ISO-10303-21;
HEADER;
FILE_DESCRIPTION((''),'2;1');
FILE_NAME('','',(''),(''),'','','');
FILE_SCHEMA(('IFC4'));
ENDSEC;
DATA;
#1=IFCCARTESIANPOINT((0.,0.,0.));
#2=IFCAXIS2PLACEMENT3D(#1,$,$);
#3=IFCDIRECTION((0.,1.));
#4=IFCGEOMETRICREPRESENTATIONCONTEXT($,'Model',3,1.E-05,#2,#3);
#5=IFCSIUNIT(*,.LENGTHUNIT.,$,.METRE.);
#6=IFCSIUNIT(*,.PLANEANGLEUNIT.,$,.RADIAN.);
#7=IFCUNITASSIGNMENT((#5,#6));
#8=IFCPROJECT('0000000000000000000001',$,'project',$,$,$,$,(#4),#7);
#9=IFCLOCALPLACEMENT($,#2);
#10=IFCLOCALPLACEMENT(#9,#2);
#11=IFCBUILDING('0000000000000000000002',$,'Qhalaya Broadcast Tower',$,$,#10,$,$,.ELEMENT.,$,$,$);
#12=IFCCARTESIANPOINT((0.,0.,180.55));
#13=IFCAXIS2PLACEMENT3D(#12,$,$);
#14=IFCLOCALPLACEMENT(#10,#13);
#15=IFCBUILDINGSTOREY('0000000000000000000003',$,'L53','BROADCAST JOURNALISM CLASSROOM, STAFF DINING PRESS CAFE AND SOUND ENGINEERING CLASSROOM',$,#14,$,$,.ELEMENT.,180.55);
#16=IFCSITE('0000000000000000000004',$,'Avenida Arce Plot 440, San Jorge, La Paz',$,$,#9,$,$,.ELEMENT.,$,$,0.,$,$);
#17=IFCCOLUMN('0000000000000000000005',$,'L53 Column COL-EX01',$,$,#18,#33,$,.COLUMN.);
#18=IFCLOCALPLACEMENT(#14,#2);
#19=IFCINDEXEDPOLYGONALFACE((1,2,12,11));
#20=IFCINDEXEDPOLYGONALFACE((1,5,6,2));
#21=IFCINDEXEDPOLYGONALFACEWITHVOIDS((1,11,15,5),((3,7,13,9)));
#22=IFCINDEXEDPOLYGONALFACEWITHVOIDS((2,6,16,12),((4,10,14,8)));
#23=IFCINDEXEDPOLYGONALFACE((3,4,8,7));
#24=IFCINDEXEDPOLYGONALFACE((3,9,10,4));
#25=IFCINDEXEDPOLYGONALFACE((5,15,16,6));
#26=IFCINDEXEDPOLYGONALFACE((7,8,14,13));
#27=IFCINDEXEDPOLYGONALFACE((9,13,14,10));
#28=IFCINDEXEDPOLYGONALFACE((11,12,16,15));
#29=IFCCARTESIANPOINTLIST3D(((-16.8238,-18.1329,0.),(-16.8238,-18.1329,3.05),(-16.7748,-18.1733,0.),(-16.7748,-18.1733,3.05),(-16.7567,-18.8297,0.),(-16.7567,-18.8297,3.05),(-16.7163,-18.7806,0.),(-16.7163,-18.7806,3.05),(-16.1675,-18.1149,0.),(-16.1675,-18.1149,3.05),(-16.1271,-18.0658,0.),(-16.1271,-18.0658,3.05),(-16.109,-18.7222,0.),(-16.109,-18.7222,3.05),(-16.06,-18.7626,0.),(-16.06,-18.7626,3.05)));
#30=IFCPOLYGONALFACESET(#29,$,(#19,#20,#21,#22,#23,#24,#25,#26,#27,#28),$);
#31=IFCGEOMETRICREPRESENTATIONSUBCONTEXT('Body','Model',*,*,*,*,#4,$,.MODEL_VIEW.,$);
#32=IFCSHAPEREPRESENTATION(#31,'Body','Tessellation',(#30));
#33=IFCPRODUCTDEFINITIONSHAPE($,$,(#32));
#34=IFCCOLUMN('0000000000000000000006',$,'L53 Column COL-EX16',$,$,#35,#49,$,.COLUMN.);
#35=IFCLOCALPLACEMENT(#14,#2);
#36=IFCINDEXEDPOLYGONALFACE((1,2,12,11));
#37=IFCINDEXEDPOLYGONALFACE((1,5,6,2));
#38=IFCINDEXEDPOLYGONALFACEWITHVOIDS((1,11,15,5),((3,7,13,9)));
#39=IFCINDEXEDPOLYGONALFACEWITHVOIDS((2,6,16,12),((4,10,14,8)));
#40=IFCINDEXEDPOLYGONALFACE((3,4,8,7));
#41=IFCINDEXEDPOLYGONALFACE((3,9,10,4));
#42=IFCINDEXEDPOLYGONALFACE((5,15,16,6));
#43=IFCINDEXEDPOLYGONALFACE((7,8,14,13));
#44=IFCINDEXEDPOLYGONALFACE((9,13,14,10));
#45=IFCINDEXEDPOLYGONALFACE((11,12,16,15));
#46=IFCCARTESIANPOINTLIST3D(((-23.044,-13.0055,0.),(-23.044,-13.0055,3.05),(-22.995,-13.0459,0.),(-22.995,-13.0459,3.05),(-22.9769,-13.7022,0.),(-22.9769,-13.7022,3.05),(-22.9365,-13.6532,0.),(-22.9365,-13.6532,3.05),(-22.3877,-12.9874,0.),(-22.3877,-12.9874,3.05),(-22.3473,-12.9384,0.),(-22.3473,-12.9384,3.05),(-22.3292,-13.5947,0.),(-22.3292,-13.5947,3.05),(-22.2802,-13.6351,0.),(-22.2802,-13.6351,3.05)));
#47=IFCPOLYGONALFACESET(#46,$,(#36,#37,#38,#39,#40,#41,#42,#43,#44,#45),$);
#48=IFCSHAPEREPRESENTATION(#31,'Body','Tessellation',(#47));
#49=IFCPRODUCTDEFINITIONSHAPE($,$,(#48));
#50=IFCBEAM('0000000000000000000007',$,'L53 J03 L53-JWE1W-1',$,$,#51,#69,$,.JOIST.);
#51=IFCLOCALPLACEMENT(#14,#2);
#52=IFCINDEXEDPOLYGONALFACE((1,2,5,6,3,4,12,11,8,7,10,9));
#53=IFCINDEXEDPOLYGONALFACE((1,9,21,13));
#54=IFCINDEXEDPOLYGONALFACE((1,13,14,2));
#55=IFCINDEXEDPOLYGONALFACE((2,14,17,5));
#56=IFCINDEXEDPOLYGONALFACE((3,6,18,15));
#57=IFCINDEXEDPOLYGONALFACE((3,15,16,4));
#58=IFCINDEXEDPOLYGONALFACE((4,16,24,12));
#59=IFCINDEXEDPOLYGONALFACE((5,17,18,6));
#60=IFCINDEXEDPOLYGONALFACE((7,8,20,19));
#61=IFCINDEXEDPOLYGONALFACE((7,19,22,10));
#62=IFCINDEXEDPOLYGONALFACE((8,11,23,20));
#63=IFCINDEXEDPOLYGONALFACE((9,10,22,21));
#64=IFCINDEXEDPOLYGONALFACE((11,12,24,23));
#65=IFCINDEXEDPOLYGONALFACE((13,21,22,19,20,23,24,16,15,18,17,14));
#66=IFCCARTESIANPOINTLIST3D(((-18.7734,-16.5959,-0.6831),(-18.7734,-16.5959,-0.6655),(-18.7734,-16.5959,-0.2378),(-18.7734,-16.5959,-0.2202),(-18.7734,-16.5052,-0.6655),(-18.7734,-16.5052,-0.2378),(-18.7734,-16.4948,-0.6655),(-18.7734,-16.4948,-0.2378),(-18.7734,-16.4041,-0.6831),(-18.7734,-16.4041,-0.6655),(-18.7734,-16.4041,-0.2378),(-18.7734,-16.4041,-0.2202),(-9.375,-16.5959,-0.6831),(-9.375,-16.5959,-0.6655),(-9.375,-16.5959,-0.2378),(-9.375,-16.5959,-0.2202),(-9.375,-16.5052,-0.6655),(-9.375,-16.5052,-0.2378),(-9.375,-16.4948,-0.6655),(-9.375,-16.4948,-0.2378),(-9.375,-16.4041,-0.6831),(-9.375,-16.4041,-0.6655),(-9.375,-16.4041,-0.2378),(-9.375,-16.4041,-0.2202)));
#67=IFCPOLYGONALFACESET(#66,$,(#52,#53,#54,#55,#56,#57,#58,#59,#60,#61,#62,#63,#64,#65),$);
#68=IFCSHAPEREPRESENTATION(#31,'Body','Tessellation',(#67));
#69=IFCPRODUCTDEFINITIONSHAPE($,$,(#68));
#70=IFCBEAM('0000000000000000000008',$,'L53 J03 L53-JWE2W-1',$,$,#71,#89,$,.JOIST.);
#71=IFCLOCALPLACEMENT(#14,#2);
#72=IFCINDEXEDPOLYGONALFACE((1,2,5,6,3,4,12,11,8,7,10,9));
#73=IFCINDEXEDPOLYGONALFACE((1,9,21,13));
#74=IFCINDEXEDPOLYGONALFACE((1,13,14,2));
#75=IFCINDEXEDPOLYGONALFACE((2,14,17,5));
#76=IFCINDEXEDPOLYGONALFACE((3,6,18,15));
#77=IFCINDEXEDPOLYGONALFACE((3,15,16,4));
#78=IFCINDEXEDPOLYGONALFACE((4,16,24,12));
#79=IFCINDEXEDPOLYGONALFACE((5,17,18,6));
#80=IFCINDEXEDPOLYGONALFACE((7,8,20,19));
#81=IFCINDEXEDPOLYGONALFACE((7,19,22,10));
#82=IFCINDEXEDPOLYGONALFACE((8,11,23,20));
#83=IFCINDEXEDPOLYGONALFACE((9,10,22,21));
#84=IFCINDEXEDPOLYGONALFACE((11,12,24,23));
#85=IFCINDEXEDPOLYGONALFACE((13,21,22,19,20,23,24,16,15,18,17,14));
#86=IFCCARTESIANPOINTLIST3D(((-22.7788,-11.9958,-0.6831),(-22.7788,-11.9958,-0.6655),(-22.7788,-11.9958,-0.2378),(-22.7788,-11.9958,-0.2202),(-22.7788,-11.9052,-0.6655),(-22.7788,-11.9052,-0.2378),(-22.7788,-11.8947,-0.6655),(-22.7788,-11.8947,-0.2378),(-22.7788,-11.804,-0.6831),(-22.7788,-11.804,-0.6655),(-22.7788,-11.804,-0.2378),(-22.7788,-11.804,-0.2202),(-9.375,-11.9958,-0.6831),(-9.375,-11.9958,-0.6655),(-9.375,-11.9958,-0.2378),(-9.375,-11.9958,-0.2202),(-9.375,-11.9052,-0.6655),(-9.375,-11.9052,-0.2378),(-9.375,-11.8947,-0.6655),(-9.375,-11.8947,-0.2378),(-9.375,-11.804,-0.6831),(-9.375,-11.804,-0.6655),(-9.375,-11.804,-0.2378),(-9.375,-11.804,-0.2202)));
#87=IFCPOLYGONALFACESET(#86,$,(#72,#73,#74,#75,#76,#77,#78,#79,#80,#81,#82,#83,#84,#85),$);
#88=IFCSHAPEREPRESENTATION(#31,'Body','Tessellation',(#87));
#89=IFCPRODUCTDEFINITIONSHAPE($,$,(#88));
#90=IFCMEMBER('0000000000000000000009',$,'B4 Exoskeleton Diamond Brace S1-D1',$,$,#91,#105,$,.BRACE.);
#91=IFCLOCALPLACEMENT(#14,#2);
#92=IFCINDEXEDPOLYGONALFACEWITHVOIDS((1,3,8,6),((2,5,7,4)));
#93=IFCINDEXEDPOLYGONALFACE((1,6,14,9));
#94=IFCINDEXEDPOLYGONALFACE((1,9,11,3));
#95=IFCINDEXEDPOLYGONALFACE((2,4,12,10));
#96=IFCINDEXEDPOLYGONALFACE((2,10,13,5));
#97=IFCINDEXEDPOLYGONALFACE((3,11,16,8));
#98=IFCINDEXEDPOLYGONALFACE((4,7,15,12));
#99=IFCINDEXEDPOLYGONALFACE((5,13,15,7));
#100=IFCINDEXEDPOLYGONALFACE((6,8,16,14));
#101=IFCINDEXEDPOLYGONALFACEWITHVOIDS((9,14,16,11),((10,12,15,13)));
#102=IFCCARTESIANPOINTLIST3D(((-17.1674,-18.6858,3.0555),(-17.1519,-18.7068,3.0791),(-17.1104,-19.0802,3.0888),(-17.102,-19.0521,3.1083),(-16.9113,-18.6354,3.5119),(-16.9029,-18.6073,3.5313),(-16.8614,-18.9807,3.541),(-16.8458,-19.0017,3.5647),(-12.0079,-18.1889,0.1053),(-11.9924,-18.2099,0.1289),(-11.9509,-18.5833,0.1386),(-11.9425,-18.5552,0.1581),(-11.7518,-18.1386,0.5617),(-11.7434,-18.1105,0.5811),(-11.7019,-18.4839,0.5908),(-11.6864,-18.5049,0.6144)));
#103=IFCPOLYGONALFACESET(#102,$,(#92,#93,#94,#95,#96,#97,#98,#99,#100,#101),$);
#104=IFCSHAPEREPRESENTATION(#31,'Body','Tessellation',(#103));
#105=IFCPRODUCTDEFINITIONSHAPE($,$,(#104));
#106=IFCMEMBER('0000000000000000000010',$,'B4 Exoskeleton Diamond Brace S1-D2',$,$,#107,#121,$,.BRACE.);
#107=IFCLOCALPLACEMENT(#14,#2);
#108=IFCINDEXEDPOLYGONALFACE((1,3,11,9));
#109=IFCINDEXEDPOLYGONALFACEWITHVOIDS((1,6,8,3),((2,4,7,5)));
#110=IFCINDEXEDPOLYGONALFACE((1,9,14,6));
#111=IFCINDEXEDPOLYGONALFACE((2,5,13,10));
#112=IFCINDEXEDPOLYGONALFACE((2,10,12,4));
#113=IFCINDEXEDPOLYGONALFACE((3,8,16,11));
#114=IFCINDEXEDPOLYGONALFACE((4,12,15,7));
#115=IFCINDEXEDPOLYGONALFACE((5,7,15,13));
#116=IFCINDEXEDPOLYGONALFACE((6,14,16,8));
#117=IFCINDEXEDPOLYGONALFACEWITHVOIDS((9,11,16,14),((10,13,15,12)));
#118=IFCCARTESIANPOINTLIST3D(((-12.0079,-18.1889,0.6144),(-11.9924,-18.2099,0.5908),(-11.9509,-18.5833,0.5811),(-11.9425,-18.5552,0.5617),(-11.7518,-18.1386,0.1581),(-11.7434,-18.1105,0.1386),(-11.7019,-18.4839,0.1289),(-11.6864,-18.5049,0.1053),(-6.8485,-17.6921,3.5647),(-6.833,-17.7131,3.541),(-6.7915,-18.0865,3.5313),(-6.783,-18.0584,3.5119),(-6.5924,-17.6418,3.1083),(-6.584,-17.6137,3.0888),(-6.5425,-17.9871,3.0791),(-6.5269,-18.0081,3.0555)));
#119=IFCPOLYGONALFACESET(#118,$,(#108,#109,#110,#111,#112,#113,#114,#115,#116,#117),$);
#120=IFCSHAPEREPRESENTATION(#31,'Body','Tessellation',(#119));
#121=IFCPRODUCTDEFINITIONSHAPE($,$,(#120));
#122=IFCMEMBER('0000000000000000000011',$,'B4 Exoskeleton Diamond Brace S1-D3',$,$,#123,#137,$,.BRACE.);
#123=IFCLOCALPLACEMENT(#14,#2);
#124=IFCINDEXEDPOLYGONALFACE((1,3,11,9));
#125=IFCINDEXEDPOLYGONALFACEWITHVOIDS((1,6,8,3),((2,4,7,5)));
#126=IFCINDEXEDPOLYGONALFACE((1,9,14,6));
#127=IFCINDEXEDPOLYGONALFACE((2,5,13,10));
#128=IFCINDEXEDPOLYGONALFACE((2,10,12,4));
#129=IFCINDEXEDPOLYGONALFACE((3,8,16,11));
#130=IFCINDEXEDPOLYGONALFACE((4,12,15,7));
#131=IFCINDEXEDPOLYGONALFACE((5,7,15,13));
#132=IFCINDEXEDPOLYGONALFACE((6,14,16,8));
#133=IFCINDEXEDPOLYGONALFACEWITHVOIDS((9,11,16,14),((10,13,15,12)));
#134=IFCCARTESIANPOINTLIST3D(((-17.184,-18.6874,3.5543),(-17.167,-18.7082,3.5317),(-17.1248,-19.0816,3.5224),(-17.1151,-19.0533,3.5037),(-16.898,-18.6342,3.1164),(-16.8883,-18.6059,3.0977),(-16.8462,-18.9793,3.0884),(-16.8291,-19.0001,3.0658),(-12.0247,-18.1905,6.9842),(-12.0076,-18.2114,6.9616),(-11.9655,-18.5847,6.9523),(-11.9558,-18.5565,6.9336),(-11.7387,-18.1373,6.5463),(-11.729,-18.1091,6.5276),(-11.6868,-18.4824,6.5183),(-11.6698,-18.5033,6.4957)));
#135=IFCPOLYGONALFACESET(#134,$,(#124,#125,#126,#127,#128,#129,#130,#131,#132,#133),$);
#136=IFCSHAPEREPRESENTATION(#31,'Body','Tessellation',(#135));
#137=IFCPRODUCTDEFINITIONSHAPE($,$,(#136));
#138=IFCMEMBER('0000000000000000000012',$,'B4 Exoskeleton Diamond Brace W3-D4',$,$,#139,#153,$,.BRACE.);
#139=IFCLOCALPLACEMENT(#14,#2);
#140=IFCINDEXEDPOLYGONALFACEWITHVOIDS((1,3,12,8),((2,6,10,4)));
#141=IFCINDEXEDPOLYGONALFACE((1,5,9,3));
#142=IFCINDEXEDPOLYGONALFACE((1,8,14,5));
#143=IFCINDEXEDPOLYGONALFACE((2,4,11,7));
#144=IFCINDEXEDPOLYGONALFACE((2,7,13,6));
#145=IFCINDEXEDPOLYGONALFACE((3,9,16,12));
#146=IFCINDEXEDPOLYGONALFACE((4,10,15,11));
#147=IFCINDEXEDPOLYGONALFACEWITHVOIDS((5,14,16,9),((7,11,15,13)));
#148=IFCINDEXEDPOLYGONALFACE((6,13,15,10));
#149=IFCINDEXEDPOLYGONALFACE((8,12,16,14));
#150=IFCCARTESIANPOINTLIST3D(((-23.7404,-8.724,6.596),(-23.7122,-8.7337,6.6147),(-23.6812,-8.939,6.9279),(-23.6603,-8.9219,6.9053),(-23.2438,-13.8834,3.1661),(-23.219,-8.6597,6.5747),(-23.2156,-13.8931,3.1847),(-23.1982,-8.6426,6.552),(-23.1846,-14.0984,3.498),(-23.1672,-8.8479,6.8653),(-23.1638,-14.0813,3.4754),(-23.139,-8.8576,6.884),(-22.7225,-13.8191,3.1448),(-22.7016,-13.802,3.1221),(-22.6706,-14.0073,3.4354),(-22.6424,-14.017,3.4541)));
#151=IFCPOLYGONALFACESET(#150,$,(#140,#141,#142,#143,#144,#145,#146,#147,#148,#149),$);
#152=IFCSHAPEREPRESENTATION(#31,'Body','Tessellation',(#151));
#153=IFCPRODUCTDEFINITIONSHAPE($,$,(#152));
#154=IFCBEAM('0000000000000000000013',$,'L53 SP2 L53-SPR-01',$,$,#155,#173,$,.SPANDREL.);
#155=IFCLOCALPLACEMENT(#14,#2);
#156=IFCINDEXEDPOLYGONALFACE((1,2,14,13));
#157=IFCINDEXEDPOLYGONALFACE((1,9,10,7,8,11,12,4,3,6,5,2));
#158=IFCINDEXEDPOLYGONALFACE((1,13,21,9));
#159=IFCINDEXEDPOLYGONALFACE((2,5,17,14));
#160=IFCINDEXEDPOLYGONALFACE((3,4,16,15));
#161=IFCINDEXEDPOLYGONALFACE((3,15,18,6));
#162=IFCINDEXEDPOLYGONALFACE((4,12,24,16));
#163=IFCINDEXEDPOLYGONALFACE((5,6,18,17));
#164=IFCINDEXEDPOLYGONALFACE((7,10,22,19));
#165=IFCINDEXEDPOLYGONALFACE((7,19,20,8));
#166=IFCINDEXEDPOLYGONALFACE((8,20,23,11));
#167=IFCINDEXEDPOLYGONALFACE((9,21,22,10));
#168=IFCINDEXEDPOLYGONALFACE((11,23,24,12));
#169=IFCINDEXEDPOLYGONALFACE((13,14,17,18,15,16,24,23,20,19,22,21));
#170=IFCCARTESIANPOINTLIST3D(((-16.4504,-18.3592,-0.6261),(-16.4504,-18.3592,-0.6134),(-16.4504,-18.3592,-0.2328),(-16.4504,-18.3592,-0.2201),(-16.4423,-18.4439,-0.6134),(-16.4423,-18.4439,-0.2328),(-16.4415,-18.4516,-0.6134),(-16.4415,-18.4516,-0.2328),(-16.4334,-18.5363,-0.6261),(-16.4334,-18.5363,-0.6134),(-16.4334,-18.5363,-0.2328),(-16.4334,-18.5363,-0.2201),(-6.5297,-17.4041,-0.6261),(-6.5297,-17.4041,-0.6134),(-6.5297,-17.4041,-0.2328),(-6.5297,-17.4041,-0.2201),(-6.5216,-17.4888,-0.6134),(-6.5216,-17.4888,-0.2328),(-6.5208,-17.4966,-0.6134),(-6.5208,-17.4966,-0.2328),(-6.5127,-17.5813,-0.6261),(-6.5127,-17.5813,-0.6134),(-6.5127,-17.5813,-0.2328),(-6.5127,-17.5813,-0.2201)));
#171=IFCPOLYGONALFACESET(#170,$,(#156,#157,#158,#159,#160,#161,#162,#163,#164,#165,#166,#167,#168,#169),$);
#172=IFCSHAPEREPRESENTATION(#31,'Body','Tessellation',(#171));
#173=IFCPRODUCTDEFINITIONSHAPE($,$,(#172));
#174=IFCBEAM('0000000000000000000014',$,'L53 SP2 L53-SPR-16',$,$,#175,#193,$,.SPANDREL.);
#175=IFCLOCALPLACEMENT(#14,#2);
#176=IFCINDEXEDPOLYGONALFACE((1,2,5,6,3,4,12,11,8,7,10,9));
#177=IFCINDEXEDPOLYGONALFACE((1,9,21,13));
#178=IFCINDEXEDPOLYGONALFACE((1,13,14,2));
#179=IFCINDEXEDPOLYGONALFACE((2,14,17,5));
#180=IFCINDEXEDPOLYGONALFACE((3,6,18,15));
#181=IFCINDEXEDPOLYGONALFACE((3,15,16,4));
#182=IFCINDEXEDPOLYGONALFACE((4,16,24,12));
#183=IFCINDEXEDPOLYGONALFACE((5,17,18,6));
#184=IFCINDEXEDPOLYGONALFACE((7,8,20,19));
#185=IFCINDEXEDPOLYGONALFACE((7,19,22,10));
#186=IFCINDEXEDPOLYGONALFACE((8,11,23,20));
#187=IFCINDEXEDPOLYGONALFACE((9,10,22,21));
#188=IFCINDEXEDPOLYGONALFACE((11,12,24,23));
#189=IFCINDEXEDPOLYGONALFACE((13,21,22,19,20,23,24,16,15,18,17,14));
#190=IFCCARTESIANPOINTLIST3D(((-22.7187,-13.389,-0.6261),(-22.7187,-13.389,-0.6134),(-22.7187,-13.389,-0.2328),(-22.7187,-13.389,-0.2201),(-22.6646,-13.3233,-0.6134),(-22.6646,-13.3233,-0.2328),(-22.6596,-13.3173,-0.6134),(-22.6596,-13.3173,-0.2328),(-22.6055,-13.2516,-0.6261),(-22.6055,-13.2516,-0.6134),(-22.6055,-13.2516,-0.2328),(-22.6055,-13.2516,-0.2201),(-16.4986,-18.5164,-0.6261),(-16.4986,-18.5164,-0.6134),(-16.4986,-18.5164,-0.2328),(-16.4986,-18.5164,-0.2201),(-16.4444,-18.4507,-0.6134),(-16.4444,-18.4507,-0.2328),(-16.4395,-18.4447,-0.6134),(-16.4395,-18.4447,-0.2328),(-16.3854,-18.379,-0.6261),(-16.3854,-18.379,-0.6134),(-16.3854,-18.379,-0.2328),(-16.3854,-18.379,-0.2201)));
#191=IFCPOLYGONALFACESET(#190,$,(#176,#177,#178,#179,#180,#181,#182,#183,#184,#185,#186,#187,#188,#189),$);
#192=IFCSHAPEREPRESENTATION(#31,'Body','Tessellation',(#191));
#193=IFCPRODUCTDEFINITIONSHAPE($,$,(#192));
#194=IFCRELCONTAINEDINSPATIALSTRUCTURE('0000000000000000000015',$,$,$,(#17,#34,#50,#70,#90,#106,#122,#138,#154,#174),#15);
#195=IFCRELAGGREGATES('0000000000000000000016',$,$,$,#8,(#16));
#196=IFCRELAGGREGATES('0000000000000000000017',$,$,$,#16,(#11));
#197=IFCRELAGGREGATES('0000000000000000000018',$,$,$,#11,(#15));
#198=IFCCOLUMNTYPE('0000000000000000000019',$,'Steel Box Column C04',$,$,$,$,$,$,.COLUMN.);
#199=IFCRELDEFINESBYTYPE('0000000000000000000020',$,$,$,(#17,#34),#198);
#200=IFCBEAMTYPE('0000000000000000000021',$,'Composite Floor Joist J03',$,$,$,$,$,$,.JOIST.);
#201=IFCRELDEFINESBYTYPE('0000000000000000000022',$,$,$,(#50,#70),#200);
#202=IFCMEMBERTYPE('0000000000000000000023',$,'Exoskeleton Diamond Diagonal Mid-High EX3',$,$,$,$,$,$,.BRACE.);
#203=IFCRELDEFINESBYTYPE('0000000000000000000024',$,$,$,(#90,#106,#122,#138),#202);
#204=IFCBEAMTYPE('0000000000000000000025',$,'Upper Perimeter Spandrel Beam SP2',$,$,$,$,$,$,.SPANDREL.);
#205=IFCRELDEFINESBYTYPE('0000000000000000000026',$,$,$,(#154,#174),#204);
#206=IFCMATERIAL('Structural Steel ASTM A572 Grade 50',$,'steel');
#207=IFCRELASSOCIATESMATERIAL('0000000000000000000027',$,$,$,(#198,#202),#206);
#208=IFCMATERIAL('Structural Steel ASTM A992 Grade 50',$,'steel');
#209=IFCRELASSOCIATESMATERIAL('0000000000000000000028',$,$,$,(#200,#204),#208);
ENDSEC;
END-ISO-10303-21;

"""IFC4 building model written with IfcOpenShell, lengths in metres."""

from ifc_helpers import new_model, si_unit, direction, frame, origin, origin_2d, place, context, subcontext, project, spatial, hollow_rectangle, i_section, extrude, material, material_profile, profile_set, type_object, element, save


model = new_model("IFC4")

# Units and contexts
model_context = context("Model", 3, precision=1e-05, world=origin(), true_north=direction((0.0, 1.0)))
body_context = subcontext(model_context, "Body", "Model", "MODEL_VIEW")
ifc_project = project(units=[si_unit("LENGTHUNIT", "METRE"), si_unit("PLANEANGLEUNIT", "RADIAN")], contexts=[model_context])

# Site, building, storey
site_placement = place(None, origin())
site = spatial("IfcSite", under=ifc_project, at=site_placement, Name="Avenida Arce Plot 440, San Jorge, La Paz", CompositionType="ELEMENT", RefElevation=0.0)
building_placement = place(site_placement, origin())
building = spatial("IfcBuilding", under=site, at=building_placement, Name="Qhalaya Broadcast Tower", CompositionType="ELEMENT")
storey_placement = place(building_placement, frame((0.0, 0.0, 180.55)))
storey = spatial("IfcBuildingStorey", under=building, at=storey_placement, Name="L53", Description="BROADCAST JOURNALISM CLASSROOM, STAFF DINING PRESS CAFE AND SOUND ENGINEERING CLASSROOM", CompositionType="ELEMENT", Elevation=180.55)

# Columns
ifc_material_1 = material(Name="Structural Steel ASTM A572 Grade 50", Category="steel")
ifc_material_profile_1 = material_profile(ifc_material_1, hollow_rectangle(XDim=0.7, YDim=0.7, WallThickness=0.0449, at=origin_2d()), Name="BOX 700x700x45")
ifc_profile_set_1 = profile_set([ifc_material_profile_1], Name="Structural Steel ASTM A572 Grade 50")
column_type = type_object("IfcColumnType", Name="Steel Box Column C04", PredefinedType="COLUMN", material=ifc_profile_set_1)
for number, where, z_axis, x_axis, name in (
    (1, (-16.4419, -18.4478, 0.0), (0.0, 0.0, 1.0), (0.995396, 0.095846, 0.0), "L53 Column COL-EX01"),
    (2, (-22.6621, -13.3203, 0.0), (0.0, 0.0, 1.0), (-0.095846, 0.995396, 0.0), "L53 Column COL-EX16"),
):
    element("IfcColumn", number, at=place(storey_placement, frame(where, z_axis=z_axis, x_axis=x_axis)), inside=storey, type_object=column_type, Name=name, PredefinedType="COLUMN", context=body_context, shape_type="SweptSolid", body=[
        extrude(hollow_rectangle(XDim=0.7, YDim=0.7, WallThickness=0.0449, at=origin_2d()), origin(), (0.0, 0.0, 1.0), 3.05),
    ])

# Beams
ifc_material_2 = material(Name="Structural Steel ASTM A992 Grade 50", Category="steel")
ifc_material_profile_2 = material_profile(ifc_material_2, i_section(OverallWidth=0.1919, OverallDepth=0.4629, WebThickness=0.0105, FlangeThickness=0.0176, at=origin_2d()), Name="W18X60")
ifc_profile_set_2 = profile_set([ifc_material_profile_2], Name="Structural Steel ASTM A992 Grade 50")
beam_type_1 = type_object("IfcBeamType", Name="Composite Floor Joist J03", PredefinedType="JOIST", material=ifc_profile_set_2)
beam_1_placement = place(storey_placement, frame((-18.7734, -16.5, -0.4517), z_axis=(1.0, 0.0, 0.0), x_axis=(0.0, 1.0, 0.0)))
element("IfcBeam", 3, at=beam_1_placement, inside=storey, type_object=beam_type_1, Name="L53 J03 L53-JWE1W-1", PredefinedType="JOIST", context=body_context, shape_type="SweptSolid", body=[
    extrude(i_section(OverallWidth=0.1919, OverallDepth=0.4629, WebThickness=0.0105, FlangeThickness=0.0176, at=origin_2d()), origin(), (0.0, 0.0, 1.0), 9.3984),
])
beam_2_placement = place(storey_placement, frame((-22.7788, -11.8999, -0.4517), z_axis=(1.0, 0.0, 0.0), x_axis=(0.0, 1.0, 0.0)))
element("IfcBeam", 4, at=beam_2_placement, inside=storey, type_object=beam_type_1, Name="L53 J03 L53-JWE2W-1", PredefinedType="JOIST", context=body_context, shape_type="SweptSolid", body=[
    extrude(i_section(OverallWidth=0.1919, OverallDepth=0.4629, WebThickness=0.0105, FlangeThickness=0.0176, at=origin_2d()), origin(), (0.0, 0.0, 1.0), 13.4038),
])

# Members
ifc_material_profile_3 = material_profile(ifc_material_1, hollow_rectangle(XDim=0.3999, YDim=0.55, WallThickness=0.0249, at=origin_2d()), Name="BOX 400x550x25")
ifc_profile_set_3 = profile_set([ifc_material_profile_3], Name="Structural Steel ASTM A572 Grade 50")
member_type = type_object("IfcMemberType", Name="Exoskeleton Diamond Diagonal Mid-High EX3", PredefinedType="BRACE", material=ifc_profile_set_3)
for number, where, z_axis, x_axis, name in (
    (5, (-11.8472, -18.3469, 0.3599), (-0.865084, -0.083303, 0.494661), (0.142603, -0.986269, 0.083298), "B4 Exoskeleton Diamond Brace S1-D1"),
    (6, (-11.8472, -18.3469, 0.3599), (0.865084, 0.083303, 0.494661), (-0.142603, 0.986269, 0.083298), "B4 Exoskeleton Diamond Brace S1-D2"),
):
    element("IfcMember", number, at=place(storey_placement, frame(where, z_axis=z_axis, x_axis=x_axis)), inside=storey, type_object=member_type, Name=name, PredefinedType="BRACE", context=body_context, shape_type="SweptSolid", body=[
        extrude(hollow_rectangle(XDim=0.3999, YDim=0.55, WallThickness=0.0249, at=origin_2d()), origin(), (0.0, 0.0, 1.0), 5.9641),
    ])
for number, where, z_axis, x_axis, name in (
    (7, (-17.0066, -18.8438, 3.3101), (0.830106, 0.079935, 0.551846), (-0.148059, 0.985743, 0.07993), "B4 Exoskeleton Diamond Brace S1-D3"),
    (8, (-22.9431, -13.9502, 3.3101), (-0.079896, 0.830109, 0.551848), (0.148031, -0.537598, 0.830106), "B4 Exoskeleton Diamond Brace W3-D4"),
):
    element("IfcMember", number, at=place(storey_placement, frame(where, z_axis=z_axis, x_axis=x_axis)), inside=storey, type_object=member_type, Name=name, PredefinedType="BRACE", context=body_context, shape_type="SweptSolid", body=[
        extrude(hollow_rectangle(XDim=0.3999, YDim=0.55, WallThickness=0.0249, at=origin_2d()), origin(), (0.0, 0.0, 1.0), 6.2153),
    ])

# Beams
ifc_material_profile_4 = material_profile(ifc_material_2, i_section(OverallWidth=0.178, OverallDepth=0.406, WebThickness=0.0078, FlangeThickness=0.0127, at=origin_2d()), Name="W16X40")
ifc_profile_set_4 = profile_set([ifc_material_profile_4], Name="Structural Steel ASTM A992 Grade 50")
beam_type_2 = type_object("IfcBeamType", Name="Upper Perimeter Spandrel Beam SP2", PredefinedType="SPANDREL", material=ifc_profile_set_4)
beam_3_placement = place(storey_placement, frame((-16.4419, -18.4478, -0.4231), z_axis=(0.995398, 0.095829, 0.0), x_axis=(-0.095829, 0.995398, 0.0)))
element("IfcBeam", 9, at=beam_3_placement, inside=storey, type_object=beam_type_2, Name="L53 SP2 L53-SPR-01", PredefinedType="SPANDREL", context=body_context, shape_type="SweptSolid", body=[
    extrude(i_section(OverallWidth=0.178, OverallDepth=0.406, WebThickness=0.0078, FlangeThickness=0.0127, at=origin_2d()), origin(), (0.0, 0.0, 1.0), 9.9666),
])
beam_4_placement = place(storey_placement, frame((-22.6621, -13.3203, -0.4231), z_axis=(0.771631, -0.63607, 0.0), x_axis=(0.63607, 0.771631, 0.0)))
element("IfcBeam", 10, at=beam_4_placement, inside=storey, type_object=beam_type_2, Name="L53 SP2 L53-SPR-16", PredefinedType="SPANDREL", context=body_context, shape_type="SweptSolid", body=[
    extrude(i_section(OverallWidth=0.178, OverallDepth=0.406, WebThickness=0.0078, FlangeThickness=0.0127, at=origin_2d()), origin(), (0.0, 0.0, 1.0), 8.061),
])

save(model, "model.ifc")
